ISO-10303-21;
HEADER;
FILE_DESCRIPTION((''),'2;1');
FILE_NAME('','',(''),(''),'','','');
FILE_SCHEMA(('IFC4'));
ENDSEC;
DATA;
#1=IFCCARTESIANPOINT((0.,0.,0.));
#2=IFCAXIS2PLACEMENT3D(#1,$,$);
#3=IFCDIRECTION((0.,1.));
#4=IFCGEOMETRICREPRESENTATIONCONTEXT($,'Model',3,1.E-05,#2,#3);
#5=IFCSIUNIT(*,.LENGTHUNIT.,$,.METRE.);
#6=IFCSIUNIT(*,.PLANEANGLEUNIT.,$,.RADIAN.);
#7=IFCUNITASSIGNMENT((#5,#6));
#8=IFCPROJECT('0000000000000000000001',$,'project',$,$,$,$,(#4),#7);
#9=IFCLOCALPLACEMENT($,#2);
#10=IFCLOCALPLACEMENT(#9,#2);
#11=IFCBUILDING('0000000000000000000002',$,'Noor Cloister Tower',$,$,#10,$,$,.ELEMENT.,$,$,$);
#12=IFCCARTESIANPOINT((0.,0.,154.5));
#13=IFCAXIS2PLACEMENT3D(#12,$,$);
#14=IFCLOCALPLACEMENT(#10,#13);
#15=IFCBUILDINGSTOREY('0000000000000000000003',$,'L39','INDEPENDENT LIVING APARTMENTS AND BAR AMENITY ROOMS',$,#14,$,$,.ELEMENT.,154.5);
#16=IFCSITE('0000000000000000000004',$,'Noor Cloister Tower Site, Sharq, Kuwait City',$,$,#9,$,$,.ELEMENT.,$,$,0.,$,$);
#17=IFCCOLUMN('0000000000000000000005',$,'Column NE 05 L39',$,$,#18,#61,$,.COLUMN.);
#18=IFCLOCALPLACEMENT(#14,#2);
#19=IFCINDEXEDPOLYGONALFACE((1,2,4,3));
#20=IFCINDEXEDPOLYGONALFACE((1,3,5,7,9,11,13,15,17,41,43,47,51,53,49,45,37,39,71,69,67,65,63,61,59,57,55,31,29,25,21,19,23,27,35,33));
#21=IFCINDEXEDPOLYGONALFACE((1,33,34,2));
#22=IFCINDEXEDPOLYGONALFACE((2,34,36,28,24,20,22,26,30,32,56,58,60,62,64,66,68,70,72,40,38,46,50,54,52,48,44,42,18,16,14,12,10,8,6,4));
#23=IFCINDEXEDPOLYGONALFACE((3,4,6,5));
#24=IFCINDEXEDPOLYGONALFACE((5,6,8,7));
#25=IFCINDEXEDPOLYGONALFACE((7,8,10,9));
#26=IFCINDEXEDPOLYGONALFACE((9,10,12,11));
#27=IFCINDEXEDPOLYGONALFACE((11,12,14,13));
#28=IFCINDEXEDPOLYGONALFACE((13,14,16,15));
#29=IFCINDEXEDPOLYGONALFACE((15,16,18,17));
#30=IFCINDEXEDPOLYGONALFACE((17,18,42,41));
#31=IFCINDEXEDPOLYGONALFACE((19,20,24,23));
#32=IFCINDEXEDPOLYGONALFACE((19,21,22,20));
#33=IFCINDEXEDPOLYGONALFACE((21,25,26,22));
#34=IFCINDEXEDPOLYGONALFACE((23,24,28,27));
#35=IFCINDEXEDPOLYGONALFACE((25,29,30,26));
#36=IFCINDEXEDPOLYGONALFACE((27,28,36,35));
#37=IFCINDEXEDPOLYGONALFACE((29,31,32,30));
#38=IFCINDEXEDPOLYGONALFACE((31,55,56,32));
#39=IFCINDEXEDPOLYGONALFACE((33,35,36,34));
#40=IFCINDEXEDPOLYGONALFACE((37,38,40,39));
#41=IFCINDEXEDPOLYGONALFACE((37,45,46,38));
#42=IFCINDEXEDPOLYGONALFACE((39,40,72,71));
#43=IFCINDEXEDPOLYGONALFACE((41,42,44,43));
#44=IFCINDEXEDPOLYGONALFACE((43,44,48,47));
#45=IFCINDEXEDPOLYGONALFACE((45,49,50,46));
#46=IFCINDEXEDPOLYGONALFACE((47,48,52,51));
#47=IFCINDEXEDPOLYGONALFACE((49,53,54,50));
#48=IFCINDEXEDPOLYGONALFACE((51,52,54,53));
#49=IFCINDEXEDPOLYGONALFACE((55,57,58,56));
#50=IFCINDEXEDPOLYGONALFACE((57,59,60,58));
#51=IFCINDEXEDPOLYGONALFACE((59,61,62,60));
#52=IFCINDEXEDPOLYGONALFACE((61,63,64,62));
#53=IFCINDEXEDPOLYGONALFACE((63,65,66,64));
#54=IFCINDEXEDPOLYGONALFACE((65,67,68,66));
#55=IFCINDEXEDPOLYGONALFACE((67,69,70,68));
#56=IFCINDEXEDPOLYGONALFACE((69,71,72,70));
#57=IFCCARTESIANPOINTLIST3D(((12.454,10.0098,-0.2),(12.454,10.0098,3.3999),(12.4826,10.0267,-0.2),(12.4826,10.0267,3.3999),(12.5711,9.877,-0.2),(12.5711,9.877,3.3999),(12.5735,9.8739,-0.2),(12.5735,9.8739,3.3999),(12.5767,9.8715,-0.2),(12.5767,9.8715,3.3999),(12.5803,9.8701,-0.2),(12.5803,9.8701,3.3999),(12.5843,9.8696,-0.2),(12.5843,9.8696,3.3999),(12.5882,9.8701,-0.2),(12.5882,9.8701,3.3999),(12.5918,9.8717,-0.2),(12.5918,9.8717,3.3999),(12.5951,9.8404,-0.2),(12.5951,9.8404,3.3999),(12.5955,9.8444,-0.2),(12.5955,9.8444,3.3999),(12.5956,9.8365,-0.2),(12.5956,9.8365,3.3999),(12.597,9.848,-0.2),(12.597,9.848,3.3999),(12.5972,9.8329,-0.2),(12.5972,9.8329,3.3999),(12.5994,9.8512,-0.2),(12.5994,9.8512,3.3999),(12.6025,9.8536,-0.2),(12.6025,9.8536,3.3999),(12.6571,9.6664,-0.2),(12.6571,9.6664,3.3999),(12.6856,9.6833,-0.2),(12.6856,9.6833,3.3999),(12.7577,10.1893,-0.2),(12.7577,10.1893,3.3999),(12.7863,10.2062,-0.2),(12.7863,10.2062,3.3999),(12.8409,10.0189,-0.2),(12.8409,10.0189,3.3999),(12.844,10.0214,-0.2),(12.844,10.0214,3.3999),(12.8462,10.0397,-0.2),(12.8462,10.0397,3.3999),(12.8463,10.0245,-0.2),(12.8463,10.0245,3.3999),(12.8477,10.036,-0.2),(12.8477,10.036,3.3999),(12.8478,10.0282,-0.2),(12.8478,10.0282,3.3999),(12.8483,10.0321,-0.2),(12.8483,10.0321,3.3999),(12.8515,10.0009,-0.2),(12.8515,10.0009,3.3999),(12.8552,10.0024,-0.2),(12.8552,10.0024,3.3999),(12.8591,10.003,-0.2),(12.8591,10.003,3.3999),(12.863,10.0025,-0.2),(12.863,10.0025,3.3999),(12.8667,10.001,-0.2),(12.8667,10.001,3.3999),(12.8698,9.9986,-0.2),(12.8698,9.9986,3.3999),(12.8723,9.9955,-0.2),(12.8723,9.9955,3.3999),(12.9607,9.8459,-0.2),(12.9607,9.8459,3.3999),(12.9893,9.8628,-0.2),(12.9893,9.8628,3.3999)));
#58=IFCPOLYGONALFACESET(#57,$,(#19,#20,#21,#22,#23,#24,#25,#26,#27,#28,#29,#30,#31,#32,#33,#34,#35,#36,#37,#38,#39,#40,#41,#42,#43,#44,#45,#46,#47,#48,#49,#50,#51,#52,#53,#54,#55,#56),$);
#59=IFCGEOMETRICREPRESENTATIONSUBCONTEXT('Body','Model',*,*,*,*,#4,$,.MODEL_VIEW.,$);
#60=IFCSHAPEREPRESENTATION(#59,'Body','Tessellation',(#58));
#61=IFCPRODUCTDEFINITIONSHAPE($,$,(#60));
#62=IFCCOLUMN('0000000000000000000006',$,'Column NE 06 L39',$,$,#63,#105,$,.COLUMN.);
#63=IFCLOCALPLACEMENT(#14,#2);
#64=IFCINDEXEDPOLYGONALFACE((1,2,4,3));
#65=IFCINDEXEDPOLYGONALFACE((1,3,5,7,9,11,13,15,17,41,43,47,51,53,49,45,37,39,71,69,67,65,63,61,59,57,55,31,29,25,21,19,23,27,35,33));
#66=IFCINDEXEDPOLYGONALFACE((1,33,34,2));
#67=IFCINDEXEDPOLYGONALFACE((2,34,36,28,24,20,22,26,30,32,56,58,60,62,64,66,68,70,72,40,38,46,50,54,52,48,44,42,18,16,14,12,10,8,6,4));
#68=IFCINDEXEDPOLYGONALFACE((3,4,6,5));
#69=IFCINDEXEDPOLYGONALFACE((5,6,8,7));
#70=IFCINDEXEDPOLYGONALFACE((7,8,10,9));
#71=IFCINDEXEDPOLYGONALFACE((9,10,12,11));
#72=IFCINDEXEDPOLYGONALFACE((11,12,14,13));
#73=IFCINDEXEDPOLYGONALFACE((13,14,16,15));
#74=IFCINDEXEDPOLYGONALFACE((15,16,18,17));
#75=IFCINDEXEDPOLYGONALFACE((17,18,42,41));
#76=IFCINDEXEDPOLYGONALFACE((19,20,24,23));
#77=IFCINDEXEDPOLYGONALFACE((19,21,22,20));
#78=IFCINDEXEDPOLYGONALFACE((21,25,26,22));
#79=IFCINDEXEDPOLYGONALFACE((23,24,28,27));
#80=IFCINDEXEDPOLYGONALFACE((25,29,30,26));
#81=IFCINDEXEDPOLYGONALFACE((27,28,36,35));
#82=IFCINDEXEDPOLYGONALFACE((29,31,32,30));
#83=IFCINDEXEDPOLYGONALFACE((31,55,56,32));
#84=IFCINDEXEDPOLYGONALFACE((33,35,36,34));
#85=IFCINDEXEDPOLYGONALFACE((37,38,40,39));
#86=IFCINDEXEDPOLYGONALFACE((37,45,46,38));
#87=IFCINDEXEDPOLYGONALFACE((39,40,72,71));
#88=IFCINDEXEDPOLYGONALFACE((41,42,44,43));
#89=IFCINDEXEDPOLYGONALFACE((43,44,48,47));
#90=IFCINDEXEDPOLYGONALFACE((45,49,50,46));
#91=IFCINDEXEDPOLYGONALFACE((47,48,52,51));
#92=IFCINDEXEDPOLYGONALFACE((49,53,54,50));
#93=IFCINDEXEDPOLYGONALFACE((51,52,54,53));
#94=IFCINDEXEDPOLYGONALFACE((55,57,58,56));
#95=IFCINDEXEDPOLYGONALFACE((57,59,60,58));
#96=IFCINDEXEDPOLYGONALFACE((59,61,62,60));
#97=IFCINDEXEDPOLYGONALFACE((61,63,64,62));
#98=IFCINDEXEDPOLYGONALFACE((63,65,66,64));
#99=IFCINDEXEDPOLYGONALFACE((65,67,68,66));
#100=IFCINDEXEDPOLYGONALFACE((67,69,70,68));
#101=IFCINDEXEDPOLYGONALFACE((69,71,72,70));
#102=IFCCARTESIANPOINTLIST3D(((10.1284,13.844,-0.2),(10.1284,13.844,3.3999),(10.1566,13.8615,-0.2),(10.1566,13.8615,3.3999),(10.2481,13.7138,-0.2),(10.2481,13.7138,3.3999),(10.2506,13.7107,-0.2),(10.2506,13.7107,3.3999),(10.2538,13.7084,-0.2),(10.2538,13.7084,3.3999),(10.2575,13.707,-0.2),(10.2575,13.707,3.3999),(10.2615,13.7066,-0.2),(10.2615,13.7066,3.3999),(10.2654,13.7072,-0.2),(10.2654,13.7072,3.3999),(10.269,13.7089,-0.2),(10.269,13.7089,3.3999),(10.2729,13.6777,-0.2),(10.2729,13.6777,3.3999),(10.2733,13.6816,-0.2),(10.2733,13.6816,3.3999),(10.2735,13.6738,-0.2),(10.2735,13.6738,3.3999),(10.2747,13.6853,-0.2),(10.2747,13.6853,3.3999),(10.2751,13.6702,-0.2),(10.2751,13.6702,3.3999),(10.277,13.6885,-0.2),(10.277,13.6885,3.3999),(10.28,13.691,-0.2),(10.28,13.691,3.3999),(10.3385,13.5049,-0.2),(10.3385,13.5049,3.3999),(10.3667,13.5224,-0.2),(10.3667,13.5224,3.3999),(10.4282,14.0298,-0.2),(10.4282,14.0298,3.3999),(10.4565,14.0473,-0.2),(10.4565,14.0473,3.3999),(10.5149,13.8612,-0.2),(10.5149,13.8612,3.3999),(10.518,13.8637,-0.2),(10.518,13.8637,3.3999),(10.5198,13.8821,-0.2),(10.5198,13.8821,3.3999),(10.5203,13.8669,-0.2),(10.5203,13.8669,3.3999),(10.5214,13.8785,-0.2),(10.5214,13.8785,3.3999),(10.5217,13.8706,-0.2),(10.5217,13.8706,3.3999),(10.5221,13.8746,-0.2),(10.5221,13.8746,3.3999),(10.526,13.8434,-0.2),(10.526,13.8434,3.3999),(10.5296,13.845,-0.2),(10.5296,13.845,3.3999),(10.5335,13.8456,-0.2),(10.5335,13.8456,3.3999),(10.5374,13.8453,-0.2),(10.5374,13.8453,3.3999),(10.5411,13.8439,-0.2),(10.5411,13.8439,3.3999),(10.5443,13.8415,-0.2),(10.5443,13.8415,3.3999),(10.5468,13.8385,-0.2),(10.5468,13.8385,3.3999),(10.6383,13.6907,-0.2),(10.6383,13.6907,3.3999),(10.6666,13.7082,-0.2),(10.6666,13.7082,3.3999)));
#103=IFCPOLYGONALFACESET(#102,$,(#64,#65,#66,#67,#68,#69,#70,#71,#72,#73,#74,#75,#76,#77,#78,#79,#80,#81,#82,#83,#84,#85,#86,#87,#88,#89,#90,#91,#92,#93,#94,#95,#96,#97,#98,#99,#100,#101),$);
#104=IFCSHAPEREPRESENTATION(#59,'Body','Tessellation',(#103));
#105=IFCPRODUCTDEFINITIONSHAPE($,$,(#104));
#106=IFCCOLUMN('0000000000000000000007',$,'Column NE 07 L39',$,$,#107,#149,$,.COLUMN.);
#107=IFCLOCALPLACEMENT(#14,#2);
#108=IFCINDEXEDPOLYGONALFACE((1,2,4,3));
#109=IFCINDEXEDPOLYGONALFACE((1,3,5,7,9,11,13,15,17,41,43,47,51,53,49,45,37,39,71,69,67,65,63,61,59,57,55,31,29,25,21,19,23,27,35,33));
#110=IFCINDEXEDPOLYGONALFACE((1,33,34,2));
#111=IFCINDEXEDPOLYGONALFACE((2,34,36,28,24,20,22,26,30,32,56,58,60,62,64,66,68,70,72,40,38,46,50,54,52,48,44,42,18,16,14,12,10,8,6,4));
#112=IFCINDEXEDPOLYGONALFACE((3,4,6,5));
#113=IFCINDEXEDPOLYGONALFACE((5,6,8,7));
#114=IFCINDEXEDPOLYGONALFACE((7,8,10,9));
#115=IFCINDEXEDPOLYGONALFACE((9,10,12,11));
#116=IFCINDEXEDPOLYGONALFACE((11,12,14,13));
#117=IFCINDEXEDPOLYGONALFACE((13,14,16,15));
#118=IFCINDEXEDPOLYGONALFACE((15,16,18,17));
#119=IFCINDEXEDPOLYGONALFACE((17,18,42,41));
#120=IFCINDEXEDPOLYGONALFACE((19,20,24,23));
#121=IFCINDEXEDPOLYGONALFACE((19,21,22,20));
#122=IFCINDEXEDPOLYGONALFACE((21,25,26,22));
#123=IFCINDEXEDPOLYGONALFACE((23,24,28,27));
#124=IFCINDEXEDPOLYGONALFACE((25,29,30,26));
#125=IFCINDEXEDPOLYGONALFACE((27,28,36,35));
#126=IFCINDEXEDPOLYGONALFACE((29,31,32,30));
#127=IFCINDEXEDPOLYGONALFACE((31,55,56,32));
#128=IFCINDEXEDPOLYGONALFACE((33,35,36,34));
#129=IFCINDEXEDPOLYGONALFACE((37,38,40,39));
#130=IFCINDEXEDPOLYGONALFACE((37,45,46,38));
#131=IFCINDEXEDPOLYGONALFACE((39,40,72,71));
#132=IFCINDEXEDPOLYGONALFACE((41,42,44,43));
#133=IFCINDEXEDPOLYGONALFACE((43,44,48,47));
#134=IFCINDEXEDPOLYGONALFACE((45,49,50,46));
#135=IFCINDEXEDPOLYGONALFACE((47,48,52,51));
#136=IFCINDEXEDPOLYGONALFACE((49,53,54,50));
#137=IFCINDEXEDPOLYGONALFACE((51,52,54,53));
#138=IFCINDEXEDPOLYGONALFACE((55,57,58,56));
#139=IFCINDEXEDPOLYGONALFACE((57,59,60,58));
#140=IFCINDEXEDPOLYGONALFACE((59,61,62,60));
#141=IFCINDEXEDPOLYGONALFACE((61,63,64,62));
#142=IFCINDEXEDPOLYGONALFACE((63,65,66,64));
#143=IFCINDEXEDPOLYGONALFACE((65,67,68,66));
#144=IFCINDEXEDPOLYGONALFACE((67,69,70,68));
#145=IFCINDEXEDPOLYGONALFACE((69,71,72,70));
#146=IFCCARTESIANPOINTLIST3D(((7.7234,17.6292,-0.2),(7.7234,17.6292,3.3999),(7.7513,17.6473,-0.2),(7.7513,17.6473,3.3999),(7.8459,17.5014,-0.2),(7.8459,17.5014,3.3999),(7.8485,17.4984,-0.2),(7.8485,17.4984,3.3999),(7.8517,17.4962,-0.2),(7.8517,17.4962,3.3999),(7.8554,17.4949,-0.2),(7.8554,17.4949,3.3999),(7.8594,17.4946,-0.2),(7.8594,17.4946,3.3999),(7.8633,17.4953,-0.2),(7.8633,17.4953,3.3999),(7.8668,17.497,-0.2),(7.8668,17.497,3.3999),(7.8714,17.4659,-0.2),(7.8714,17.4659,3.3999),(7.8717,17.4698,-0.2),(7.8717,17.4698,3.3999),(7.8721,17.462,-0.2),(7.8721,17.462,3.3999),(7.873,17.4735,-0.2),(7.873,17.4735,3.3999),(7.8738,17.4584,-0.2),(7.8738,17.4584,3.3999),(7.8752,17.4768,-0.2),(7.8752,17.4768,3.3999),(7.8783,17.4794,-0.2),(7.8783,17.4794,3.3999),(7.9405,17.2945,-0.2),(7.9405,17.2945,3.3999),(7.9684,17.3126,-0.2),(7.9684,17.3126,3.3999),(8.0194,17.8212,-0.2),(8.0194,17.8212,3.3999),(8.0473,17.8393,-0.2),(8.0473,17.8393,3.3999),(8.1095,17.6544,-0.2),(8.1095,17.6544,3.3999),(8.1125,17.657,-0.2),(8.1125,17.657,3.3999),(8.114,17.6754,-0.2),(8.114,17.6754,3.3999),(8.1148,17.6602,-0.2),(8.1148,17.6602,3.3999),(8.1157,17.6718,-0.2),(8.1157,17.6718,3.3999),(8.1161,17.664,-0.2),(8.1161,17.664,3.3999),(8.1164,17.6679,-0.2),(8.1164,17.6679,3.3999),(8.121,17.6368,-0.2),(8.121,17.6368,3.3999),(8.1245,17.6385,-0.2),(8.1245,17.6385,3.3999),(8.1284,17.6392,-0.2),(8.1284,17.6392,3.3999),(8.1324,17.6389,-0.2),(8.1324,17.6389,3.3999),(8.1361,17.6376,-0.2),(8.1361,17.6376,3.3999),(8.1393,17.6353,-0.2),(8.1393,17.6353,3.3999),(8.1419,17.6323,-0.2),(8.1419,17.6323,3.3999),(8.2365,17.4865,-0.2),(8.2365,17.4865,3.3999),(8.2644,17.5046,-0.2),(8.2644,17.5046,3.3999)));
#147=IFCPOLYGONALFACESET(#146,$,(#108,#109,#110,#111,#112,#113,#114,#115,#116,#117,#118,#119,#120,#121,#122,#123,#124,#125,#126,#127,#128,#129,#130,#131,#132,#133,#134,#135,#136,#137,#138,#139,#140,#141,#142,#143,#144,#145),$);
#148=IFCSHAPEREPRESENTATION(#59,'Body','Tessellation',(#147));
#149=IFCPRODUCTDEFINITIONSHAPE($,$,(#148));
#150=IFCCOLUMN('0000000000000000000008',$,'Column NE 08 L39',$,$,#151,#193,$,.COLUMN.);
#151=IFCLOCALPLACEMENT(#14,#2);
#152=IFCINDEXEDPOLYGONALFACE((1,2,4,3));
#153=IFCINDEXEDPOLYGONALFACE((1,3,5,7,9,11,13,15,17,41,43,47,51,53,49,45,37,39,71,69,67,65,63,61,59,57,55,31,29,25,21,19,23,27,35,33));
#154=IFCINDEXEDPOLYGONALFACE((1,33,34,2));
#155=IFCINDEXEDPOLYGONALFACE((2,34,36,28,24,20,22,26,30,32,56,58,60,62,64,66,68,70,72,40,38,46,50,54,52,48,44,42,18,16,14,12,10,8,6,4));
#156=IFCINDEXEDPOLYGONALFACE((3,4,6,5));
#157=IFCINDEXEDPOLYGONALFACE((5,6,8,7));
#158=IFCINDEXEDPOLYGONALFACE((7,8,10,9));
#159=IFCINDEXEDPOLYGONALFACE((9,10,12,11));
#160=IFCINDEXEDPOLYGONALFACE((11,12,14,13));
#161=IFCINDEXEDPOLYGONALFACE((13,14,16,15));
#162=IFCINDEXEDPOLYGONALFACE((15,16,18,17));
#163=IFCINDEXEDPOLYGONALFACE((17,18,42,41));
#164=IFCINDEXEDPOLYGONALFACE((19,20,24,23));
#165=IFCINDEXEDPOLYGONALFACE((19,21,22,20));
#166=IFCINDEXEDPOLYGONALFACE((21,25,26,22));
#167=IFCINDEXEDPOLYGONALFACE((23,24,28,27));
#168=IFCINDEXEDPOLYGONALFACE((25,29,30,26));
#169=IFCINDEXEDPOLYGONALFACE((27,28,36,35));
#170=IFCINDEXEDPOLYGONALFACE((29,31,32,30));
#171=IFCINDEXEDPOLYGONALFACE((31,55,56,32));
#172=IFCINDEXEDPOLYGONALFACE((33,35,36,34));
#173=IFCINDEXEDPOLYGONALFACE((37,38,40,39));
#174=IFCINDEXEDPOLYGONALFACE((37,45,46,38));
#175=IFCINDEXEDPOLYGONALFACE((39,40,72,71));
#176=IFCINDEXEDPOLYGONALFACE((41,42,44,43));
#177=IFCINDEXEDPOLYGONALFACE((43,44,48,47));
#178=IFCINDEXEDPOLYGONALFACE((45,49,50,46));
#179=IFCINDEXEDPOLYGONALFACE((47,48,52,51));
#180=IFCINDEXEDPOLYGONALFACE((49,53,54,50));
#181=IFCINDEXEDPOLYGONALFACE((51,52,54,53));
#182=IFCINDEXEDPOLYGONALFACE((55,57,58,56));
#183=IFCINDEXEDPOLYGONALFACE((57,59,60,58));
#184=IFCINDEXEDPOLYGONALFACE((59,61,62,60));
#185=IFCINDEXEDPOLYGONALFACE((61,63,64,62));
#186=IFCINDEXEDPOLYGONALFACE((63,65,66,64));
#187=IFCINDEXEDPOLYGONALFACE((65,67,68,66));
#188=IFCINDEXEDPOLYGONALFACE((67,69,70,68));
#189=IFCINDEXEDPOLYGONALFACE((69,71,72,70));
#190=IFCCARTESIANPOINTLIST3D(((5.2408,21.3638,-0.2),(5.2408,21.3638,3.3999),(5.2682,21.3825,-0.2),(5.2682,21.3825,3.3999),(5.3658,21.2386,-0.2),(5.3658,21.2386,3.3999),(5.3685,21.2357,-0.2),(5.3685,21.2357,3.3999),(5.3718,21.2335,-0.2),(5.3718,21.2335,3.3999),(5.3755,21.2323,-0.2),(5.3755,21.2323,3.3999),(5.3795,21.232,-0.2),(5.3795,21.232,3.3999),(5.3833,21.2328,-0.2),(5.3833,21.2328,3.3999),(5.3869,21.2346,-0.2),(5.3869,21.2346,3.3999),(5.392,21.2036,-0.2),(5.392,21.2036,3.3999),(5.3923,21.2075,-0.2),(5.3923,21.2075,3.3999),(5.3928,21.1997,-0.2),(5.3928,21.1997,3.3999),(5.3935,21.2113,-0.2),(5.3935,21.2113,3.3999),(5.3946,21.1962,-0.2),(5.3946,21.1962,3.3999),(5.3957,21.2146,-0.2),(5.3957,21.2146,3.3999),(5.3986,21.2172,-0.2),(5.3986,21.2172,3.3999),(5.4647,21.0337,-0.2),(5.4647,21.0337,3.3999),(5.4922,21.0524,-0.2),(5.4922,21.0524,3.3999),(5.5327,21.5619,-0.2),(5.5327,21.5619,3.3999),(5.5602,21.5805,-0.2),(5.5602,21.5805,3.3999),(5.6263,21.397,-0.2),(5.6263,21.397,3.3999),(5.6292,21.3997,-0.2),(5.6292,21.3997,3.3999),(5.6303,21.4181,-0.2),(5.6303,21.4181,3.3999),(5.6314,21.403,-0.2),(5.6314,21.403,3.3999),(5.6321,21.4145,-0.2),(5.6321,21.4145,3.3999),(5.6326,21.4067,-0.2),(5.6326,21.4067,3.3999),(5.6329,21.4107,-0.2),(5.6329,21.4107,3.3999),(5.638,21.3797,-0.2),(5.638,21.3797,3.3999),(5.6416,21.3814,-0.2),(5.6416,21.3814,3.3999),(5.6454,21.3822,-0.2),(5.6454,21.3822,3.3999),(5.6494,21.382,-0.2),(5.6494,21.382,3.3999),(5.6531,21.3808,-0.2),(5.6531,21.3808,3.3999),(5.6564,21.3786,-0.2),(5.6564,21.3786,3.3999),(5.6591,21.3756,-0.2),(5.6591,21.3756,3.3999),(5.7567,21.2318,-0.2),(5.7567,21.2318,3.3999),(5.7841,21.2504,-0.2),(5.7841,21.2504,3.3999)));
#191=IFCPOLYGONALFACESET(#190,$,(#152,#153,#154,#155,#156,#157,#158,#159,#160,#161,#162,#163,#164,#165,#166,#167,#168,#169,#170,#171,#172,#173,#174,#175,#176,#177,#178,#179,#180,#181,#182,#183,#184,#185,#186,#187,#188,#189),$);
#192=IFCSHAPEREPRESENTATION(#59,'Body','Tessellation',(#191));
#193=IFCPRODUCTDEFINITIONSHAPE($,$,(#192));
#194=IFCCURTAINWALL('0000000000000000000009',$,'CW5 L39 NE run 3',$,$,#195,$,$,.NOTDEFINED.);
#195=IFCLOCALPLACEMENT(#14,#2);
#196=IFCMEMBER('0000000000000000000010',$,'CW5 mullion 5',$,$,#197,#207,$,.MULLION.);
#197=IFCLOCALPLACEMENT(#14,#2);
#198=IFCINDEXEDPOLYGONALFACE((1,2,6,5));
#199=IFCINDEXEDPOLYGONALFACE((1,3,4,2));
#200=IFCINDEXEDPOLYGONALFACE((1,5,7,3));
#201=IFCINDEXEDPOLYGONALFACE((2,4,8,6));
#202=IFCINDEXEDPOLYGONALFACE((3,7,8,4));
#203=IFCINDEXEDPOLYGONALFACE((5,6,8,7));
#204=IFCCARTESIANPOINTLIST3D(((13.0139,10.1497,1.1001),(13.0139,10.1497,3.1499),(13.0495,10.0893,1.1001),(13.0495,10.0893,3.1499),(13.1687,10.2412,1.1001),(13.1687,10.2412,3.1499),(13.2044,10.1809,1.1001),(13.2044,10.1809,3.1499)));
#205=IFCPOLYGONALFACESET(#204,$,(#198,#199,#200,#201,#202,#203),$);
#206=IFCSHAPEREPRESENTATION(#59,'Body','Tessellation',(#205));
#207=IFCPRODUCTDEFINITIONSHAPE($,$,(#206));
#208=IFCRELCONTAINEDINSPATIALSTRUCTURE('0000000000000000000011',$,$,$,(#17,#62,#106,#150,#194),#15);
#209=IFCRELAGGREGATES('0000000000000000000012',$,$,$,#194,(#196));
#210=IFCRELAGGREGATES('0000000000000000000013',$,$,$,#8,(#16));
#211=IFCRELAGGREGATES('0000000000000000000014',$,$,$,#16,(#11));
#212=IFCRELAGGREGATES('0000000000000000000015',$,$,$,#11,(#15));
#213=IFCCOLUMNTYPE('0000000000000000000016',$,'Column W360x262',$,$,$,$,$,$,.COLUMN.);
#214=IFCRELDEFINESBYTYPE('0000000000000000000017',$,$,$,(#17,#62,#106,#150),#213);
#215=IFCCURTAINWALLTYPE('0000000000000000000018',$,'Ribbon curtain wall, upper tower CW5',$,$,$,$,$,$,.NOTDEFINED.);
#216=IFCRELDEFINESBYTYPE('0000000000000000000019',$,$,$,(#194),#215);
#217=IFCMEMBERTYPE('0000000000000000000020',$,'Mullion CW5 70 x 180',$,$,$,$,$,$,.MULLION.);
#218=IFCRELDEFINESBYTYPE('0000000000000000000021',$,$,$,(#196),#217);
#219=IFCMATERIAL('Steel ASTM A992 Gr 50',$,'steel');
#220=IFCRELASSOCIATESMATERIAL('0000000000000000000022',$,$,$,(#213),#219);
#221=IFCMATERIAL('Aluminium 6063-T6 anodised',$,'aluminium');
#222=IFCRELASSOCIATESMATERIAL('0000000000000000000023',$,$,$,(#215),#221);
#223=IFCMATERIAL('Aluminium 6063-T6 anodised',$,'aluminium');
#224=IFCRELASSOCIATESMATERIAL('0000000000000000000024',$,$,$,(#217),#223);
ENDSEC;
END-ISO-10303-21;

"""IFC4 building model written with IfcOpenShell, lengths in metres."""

from ifc_helpers import new_model, si_unit, direction, frame, origin, origin_2d, place, context, subcontext, project, spatial, rectangle, i_section, extrude, material, material_profile, profile_set, type_object, element, aggregate, save


model = new_model("IFC4")

# Units and contexts
model_context = context("Model", 3, precision=1e-05, world=origin(), true_north=direction((0.0, 1.0)))
body_context = subcontext(model_context, "Body", "Model", "MODEL_VIEW")
ifc_project = project(units=[si_unit("LENGTHUNIT", "METRE"), si_unit("PLANEANGLEUNIT", "RADIAN")], contexts=[model_context])

# Site, building, storey
site_placement = place(None, origin())
site = spatial("IfcSite", under=ifc_project, at=site_placement, Name="Noor Cloister Tower Site, Sharq, Kuwait City", CompositionType="ELEMENT", RefElevation=0.0)
building_placement = place(site_placement, origin())
building = spatial("IfcBuilding", under=site, at=building_placement, Name="Noor Cloister Tower", CompositionType="ELEMENT")
storey_placement = place(building_placement, frame((0.0, 0.0, 154.5)))
storey = spatial("IfcBuildingStorey", under=building, at=storey_placement, Name="L39", Description="INDEPENDENT LIVING APARTMENTS AND BAR AMENITY ROOMS", CompositionType="ELEMENT", Elevation=154.5)

# Columns
ifc_material_1 = material(Name="Steel ASTM A992 Gr 50", Category="steel")
ifc_material_profile_1 = material_profile(ifc_material_1, i_section(OverallWidth=0.3989, OverallDepth=0.386, WebThickness=0.021, FlangeThickness=0.0332, FilletRadius=0.0151, at=origin_2d()), Name="W360x262")
ifc_profile_set_1 = profile_set([ifc_material_profile_1], Name="Steel ASTM A992 Gr 50")
column_type = type_object("IfcColumnType", Name="Column W360x262", PredefinedType="COLUMN", material=ifc_profile_set_1)
for number, where, z_axis, x_axis, name in (
    (1, (12.7217, 9.9363, -0.2), (0.0, 0.0, 1.0), (-0.508949, 0.860797, 0.0), "Column NE 05 L39"),
    (2, (10.3975, 13.7761, -0.2), (0.0, 0.0, 1.0), (-0.526681, 0.850063, 0.0), "Column NE 06 L39"),
    (3, (7.9939, 17.5669, -0.2), (0.0, 0.0, 1.0), (-0.544188, 0.838964, 0.0), "Column NE 07 L39"),
    (4, (5.5125, 21.3071, -0.2), (0.0, 0.0, 1.0), (-0.56146, 0.827504, 0.0), "Column NE 08 L39"),
):
    element("IfcColumn", number, at=place(storey_placement, frame(where, z_axis=z_axis, x_axis=x_axis)), inside=storey, type_object=column_type, Name=name, PredefinedType="COLUMN", context=body_context, shape_type="SweptSolid", body=[
        extrude(i_section(OverallWidth=0.3989, OverallDepth=0.386, WebThickness=0.021, FlangeThickness=0.0332, FilletRadius=0.0151, at=origin_2d()), origin(), (0.0, 0.0, 1.0), 3.5999),
    ])

# Curtain wall, member
ifc_material_2 = material(Name="Aluminium 6063-T6 anodised", Category="aluminium")
curtain_wall_type = type_object("IfcCurtainWallType", Name="Ribbon curtain wall, upper tower CW5", PredefinedType="NOTDEFINED", material=ifc_material_2)
curtain_wall_placement = place(storey_placement, origin())
curtain_wall = element("IfcCurtainWall", 5, at=curtain_wall_placement, inside=storey, type_object=curtain_wall_type, Name="CW5 L39 NE run 3", PredefinedType="NOTDEFINED")
ifc_material_3 = material(Name="Aluminium 6063-T6 anodised", Category="aluminium")
ifc_material_profile_2 = material_profile(ifc_material_3, rectangle(XDim=0.1799, YDim=0.0701, at=origin_2d()), Name="180 x 70 mullion")
ifc_profile_set_2 = profile_set([ifc_material_profile_2], Name="Aluminium 6063-T6 anodised")
member_type = type_object("IfcMemberType", Name="Mullion CW5 70 x 180", PredefinedType="MULLION", material=ifc_profile_set_2)
member_1_placement = place(storey_placement, frame((13.1091, 10.1653, 1.1001), z_axis=(0.0, 0.0, 1.0), x_axis=(-0.860797, -0.508949, 0.0)))
member_1 = element("IfcMember", 6, at=member_1_placement, type_object=member_type, Name="CW5 mullion 5", PredefinedType="MULLION", context=body_context, shape_type="SweptSolid", body=[
    extrude(rectangle(XDim=0.1799, YDim=0.0701, at=origin_2d()), origin(), (0.0, 0.0, 1.0), 2.0498),
])

aggregate(curtain_wall, [member_1])

save(model, "model.ifc")
